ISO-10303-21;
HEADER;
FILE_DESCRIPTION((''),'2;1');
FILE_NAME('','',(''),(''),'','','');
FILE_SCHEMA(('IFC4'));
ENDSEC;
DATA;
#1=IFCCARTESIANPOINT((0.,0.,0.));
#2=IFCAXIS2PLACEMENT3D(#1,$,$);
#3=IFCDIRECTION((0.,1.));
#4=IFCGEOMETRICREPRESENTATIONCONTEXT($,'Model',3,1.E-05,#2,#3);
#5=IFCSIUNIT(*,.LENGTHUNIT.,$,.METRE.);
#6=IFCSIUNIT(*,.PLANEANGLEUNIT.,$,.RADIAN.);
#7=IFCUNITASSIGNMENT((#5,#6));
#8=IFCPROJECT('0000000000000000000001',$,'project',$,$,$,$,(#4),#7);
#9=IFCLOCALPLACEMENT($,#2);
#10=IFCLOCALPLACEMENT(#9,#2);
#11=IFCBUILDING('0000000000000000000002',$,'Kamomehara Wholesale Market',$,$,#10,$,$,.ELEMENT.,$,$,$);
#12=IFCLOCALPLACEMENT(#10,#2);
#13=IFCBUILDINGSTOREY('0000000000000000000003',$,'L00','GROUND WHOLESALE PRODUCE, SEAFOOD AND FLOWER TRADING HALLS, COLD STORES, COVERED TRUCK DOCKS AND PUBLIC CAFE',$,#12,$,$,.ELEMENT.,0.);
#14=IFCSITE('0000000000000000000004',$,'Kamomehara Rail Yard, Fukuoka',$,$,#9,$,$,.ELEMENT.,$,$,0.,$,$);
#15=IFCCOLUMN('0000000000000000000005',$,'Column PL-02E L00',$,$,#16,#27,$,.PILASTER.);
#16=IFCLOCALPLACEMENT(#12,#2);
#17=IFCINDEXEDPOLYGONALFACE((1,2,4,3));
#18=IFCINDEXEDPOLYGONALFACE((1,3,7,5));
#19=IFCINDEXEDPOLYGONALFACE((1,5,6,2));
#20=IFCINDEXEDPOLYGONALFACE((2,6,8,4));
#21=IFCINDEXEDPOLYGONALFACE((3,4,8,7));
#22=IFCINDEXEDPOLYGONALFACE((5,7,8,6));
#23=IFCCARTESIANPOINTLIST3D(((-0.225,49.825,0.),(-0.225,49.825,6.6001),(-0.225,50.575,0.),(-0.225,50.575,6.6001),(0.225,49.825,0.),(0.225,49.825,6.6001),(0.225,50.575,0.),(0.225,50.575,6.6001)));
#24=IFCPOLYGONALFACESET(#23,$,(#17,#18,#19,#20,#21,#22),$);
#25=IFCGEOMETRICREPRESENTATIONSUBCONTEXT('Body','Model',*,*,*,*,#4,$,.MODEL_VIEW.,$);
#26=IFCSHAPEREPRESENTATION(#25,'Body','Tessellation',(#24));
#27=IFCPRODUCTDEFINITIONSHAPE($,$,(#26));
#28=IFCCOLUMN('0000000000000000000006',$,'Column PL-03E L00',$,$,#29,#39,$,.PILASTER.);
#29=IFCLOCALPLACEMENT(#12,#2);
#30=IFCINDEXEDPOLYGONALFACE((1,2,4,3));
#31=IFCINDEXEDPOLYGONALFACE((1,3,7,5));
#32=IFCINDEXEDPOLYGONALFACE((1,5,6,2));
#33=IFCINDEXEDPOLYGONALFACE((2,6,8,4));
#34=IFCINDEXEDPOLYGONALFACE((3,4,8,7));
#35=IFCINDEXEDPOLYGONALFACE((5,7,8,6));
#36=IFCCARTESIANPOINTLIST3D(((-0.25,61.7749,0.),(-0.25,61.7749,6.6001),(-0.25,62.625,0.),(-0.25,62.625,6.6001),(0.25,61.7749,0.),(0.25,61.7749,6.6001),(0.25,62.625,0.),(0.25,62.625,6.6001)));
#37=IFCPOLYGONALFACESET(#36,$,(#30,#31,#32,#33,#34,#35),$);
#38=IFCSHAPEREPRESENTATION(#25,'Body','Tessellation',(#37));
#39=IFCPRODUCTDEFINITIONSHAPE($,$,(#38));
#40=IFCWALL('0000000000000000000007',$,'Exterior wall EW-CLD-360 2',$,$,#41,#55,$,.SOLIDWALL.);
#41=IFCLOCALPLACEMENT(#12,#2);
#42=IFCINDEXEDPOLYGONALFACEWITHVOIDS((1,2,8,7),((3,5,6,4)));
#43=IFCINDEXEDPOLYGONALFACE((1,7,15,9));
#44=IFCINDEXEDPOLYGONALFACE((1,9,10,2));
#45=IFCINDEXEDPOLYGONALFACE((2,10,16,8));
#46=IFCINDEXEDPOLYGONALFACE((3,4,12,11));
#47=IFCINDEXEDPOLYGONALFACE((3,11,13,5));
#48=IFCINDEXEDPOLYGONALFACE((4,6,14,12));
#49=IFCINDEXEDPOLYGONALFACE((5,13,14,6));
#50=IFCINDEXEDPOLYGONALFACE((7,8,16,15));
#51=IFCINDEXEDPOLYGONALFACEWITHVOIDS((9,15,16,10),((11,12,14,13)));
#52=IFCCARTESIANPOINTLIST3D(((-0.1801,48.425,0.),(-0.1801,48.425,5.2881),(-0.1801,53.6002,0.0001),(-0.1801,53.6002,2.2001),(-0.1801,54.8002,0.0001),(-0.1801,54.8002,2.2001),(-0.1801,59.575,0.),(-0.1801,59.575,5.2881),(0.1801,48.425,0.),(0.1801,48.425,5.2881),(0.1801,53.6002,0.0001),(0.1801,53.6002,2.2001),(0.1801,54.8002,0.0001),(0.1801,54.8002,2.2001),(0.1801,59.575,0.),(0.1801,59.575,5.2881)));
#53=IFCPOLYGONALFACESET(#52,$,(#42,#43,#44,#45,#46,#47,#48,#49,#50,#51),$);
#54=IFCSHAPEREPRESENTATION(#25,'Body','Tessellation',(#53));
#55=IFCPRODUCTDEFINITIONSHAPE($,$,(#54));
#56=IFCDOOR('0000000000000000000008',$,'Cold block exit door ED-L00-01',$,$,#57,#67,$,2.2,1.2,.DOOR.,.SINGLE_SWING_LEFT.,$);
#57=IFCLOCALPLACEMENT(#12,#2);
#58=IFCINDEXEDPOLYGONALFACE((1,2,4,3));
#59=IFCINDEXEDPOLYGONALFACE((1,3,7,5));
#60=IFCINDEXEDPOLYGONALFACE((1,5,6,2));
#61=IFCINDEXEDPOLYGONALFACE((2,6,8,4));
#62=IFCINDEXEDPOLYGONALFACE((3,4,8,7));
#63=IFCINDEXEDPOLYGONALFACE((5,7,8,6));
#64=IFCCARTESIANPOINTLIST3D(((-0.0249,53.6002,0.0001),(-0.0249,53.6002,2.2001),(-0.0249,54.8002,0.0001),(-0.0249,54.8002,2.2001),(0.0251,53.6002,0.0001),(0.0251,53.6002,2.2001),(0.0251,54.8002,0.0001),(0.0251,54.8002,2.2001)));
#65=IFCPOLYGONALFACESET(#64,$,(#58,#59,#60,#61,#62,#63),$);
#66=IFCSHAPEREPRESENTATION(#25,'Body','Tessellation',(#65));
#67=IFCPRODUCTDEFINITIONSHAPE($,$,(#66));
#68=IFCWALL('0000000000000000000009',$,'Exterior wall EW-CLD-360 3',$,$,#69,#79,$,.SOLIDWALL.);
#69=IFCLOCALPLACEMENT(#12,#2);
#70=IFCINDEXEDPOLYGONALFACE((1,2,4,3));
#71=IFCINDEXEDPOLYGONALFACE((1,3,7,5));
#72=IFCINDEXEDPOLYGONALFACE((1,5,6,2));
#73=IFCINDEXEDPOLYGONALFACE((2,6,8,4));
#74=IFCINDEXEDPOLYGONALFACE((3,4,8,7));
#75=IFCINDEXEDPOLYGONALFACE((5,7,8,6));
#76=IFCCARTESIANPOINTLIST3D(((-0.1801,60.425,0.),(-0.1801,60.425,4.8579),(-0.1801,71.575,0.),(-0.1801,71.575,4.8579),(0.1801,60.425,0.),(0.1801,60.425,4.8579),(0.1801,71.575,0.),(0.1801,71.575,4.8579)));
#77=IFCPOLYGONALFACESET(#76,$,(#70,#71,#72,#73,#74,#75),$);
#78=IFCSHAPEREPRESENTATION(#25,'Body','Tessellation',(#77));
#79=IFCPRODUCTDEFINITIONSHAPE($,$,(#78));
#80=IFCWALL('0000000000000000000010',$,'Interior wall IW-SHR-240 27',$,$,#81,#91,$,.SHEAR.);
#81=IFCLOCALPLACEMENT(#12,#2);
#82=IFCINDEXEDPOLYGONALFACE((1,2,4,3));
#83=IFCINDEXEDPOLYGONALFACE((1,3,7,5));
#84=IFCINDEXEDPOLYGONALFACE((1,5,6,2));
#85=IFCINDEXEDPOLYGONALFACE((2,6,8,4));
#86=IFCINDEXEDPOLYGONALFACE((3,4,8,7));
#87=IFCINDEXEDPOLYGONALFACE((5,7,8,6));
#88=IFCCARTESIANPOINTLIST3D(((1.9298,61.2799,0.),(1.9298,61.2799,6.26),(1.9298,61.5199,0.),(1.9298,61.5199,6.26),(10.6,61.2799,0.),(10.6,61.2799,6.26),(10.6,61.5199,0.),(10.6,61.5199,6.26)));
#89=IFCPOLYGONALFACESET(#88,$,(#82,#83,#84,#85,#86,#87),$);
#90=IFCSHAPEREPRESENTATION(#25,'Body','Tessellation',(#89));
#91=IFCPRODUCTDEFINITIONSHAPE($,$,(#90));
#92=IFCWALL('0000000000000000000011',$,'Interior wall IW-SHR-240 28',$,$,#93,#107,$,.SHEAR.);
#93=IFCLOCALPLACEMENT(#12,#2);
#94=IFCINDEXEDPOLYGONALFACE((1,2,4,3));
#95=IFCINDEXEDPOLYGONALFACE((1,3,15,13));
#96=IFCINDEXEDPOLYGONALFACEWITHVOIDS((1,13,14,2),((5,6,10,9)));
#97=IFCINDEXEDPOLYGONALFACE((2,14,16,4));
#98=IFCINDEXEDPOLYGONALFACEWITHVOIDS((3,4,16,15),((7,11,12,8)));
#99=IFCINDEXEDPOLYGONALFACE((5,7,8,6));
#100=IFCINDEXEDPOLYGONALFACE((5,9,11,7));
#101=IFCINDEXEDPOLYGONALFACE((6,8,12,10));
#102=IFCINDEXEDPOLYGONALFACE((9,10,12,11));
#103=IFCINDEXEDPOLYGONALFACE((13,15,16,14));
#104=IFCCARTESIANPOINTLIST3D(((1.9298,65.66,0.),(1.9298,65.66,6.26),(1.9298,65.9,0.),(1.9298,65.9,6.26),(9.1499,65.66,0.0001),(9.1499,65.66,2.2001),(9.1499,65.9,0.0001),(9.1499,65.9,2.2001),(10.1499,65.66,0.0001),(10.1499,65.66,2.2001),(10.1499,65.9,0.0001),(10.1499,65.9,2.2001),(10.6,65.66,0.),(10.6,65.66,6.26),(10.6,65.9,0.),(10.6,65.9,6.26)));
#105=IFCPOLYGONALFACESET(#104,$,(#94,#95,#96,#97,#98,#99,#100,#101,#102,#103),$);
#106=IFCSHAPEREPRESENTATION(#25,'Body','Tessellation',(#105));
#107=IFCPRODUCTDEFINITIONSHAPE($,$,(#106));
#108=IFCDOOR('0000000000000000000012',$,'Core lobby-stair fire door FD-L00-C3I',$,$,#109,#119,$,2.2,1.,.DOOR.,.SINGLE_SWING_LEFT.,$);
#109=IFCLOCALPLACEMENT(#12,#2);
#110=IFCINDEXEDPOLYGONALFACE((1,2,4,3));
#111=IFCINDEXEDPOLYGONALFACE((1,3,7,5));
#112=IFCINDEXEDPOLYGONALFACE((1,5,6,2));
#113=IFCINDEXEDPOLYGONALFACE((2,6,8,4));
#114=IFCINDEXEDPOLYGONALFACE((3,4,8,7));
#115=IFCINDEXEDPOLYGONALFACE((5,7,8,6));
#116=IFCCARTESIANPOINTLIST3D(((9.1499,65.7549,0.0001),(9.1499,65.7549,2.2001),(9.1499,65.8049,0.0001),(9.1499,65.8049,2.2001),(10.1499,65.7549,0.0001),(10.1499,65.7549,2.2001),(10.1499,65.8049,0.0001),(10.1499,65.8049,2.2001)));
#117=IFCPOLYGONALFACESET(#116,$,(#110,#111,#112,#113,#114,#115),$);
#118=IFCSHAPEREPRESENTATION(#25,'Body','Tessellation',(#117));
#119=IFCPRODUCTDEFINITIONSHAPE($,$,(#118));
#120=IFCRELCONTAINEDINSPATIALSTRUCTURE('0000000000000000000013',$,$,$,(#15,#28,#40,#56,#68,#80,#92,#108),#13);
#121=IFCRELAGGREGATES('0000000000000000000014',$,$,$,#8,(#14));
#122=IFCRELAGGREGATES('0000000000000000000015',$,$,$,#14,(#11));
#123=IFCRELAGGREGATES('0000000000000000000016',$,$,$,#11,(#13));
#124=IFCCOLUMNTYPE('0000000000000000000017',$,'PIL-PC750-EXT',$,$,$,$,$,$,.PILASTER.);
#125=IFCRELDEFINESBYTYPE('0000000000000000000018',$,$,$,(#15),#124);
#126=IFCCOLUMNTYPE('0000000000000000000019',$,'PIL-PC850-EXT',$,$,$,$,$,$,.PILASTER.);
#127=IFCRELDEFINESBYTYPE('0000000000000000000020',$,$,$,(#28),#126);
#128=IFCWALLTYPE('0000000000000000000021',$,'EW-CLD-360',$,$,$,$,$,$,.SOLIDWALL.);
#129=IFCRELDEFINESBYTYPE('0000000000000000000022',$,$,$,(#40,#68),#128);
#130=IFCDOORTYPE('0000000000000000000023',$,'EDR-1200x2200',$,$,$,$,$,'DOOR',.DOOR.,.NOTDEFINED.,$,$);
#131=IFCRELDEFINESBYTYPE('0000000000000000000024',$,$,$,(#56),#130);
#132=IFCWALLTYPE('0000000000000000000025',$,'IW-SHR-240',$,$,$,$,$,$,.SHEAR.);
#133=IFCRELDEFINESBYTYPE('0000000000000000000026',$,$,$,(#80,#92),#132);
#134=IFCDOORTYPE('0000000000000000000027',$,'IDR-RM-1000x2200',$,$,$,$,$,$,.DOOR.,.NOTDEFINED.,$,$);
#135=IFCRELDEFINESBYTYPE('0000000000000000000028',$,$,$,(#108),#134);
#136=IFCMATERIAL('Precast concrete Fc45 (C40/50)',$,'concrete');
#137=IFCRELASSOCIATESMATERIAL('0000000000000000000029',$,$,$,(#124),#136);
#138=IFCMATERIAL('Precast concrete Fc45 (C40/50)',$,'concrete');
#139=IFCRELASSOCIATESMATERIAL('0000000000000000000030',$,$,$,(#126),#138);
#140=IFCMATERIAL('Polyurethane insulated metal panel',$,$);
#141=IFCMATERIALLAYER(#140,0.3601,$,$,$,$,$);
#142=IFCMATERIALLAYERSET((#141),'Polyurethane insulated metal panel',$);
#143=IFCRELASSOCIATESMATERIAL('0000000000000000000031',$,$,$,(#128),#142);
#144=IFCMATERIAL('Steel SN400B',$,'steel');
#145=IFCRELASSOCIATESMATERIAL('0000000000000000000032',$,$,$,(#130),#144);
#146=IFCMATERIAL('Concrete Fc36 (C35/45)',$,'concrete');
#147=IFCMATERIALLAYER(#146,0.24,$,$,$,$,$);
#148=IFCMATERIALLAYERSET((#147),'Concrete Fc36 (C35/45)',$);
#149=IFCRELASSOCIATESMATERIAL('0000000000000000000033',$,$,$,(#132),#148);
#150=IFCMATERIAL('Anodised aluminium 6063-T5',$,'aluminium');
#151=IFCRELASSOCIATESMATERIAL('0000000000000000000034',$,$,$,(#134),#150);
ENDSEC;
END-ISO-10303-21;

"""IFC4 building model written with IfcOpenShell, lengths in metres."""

from ifc_helpers import new_model, si_unit, direction, frame, frame_2d, origin, origin_2d, place, context, subcontext, project, spatial, rectangle, extrude, material, layer, layer_set, material_profile, profile_set, type_object, element, fill, save


model = new_model("IFC4")

# Units and contexts
model_context = context("Model", 3, precision=1e-05, world=origin(), true_north=direction((0.0, 1.0)))
body_context = subcontext(model_context, "Body", "Model", "MODEL_VIEW")
ifc_project = project(units=[si_unit("LENGTHUNIT", "METRE"), si_unit("PLANEANGLEUNIT", "RADIAN")], contexts=[model_context])

# Site, building, storey
site_placement = place(None, origin())
site = spatial("IfcSite", under=ifc_project, at=site_placement, Name="Kamomehara Rail Yard, Fukuoka", CompositionType="ELEMENT", RefElevation=0.0)
building_placement = place(site_placement, origin())
building = spatial("IfcBuilding", under=site, at=building_placement, Name="Kamomehara Wholesale Market", CompositionType="ELEMENT")
storey_placement = place(building_placement, origin())
storey = spatial("IfcBuildingStorey", under=building, at=storey_placement, Name="L00", Description="GROUND WHOLESALE PRODUCE, SEAFOOD AND FLOWER TRADING HALLS, COLD STORES, COVERED TRUCK DOCKS AND PUBLIC CAFE", CompositionType="ELEMENT", Elevation=0.0)

# Columns
ifc_material_1 = material(Name="Precast concrete Fc45 (C40/50)", Category="concrete")
ifc_material_profile_1 = material_profile(ifc_material_1, rectangle(XDim=0.45, YDim=0.75, at=origin_2d()), Name="PC-PIL-450x750")
ifc_profile_set_1 = profile_set([ifc_material_profile_1], Name="Precast concrete Fc45 (C40/50)")
column_type_1 = type_object("IfcColumnType", Name="PIL-PC750-EXT", PredefinedType="PILASTER", material=ifc_profile_set_1)
column_1_placement = place(storey_placement, frame((0.0, 50.2, 0.0), z_axis=(0.0, 0.0, 1.0), x_axis=(1.0, 0.0, 0.0)))
element("IfcColumn", 1, at=column_1_placement, inside=storey, type_object=column_type_1, Name="Column PL-02E L00", PredefinedType="PILASTER", context=body_context, shape_type="SweptSolid", body=[
    extrude(rectangle(XDim=0.45, YDim=0.75, at=origin_2d()), origin(), (0.0, 0.0, 1.0), 6.6001),
])
ifc_material_2 = material(Name="Precast concrete Fc45 (C40/50)", Category="concrete")
ifc_material_profile_2 = material_profile(ifc_material_2, rectangle(XDim=0.5, YDim=0.8501, at=origin_2d()), Name="PC-PIL-500x850")
ifc_profile_set_2 = profile_set([ifc_material_profile_2], Name="Precast concrete Fc45 (C40/50)")
column_type_2 = type_object("IfcColumnType", Name="PIL-PC850-EXT", PredefinedType="PILASTER", material=ifc_profile_set_2)
column_2_placement = place(storey_placement, frame((0.0, 62.2, 0.0), z_axis=(0.0, 0.0, 1.0), x_axis=(1.0, 0.0, 0.0)))
element("IfcColumn", 2, at=column_2_placement, inside=storey, type_object=column_type_2, Name="Column PL-03E L00", PredefinedType="PILASTER", context=body_context, shape_type="SweptSolid", body=[
    extrude(rectangle(XDim=0.5, YDim=0.8501, at=origin_2d()), origin(), (0.0, 0.0, 1.0), 6.6001),
])

# Wall, opening, door
ifc_material_3 = material(Name="Polyurethane insulated metal panel")
ifc_layer_1 = layer(ifc_material_3, 0.3601)
ifc_layer_set_1 = layer_set([ifc_layer_1], Name="Polyurethane insulated metal panel")
wall_type_1 = type_object("IfcWallType", Name="EW-CLD-360", PredefinedType="SOLIDWALL", material=ifc_layer_set_1)
wall_1_placement = place(storey_placement, frame((0.0, 48.425, 0.0), z_axis=(0.0, 0.0, 1.0), x_axis=(0.0, 1.0, 0.0)))
wall_1 = element("IfcWall", 3, at=wall_1_placement, inside=storey, type_object=wall_type_1, Name="Exterior wall EW-CLD-360 2", PredefinedType="SOLIDWALL", context=body_context, shape_type="SweptSolid", body=[
    extrude(rectangle(XDim=11.1499, YDim=0.3601, at=frame_2d((5.575, 0.0))), origin(), (0.0, 0.0, 1.0), 5.2881),
])
opening_1_placement = place(wall_1_placement, frame((5.175, 0.0, 0.0)))
opening_1 = element("IfcOpeningElement", 4, at=opening_1_placement, cuts=wall_1, PredefinedType="OPENING", context=body_context, shape_type="SweptSolid", body=[
    extrude(rectangle(XDim=1.2, YDim=2.2, at=frame_2d((0.6001, 1.1001))), frame((0.0, 0.1948, 0.0), z_axis=(0.0, -1.0, 0.0), x_axis=(1.0, 0.0, 0.0)), (0.0, 0.0, 1.0), 0.3899),
])
ifc_material_4 = material(Name="Steel SN400B", Category="steel")
door_type_1 = type_object("IfcDoorType", Name="EDR-1200x2200", ElementType="DOOR", OperationType="NOTDEFINED", PredefinedType="DOOR", material=ifc_material_4)
door_1_placement = place(opening_1_placement, origin())
door_1 = element("IfcDoor", 5, at=door_1_placement, inside=storey, type_object=door_type_1, Name="Cold block exit door ED-L00-01", OperationType="SINGLE_SWING_LEFT", OverallHeight=2.2, OverallWidth=1.2, PredefinedType="DOOR", context=body_context, shape_type="SweptSolid", body=[
    extrude(rectangle(XDim=1.2, YDim=2.2, at=frame_2d((0.6001, 1.1001))), frame((0.0, 0.0249, 0.0), z_axis=(0.0, -1.0, 0.0), x_axis=(1.0, 0.0, 0.0)), (0.0, 0.0, 1.0), 0.05),
])
fill(opening_1, door_1)

# Wall
wall_2_placement = place(storey_placement, frame((0.0, 60.425, 0.0), z_axis=(0.0, 0.0, 1.0), x_axis=(0.0, 1.0, 0.0)))
element("IfcWall", 6, at=wall_2_placement, inside=storey, type_object=wall_type_1, Name="Exterior wall EW-CLD-360 3", PredefinedType="SOLIDWALL", context=body_context, shape_type="SweptSolid", body=[
    extrude(rectangle(XDim=11.1499, YDim=0.3601, at=frame_2d((5.575, 0.0))), origin(), (0.0, 0.0, 1.0), 4.8579),
])

# Wall
ifc_material_5 = material(Name="Concrete Fc36 (C35/45)", Category="concrete")
ifc_layer_2 = layer(ifc_material_5, 0.24)
ifc_layer_set_2 = layer_set([ifc_layer_2], Name="Concrete Fc36 (C35/45)")
wall_type_2 = type_object("IfcWallType", Name="IW-SHR-240", PredefinedType="SHEAR", material=ifc_layer_set_2)
wall_3_placement = place(storey_placement, frame((1.9299, 61.3999, 0.0), z_axis=(0.0, 0.0, 1.0), x_axis=(1.0, 0.0, 0.0)))
element("IfcWall", 7, at=wall_3_placement, inside=storey, type_object=wall_type_2, Name="Interior wall IW-SHR-240 27", PredefinedType="SHEAR", context=body_context, shape_type="SweptSolid", body=[
    extrude(rectangle(XDim=8.6702, YDim=0.24, at=frame_2d((4.335, 0.0))), origin(), (0.0, 0.0, 1.0), 6.26),
])

# Wall, opening, door
wall_4_placement = place(storey_placement, frame((1.9299, 65.78, 0.0), z_axis=(0.0, 0.0, 1.0), x_axis=(1.0, 0.0, 0.0)))
wall_4 = element("IfcWall", 8, at=wall_4_placement, inside=storey, type_object=wall_type_2, Name="Interior wall IW-SHR-240 28", PredefinedType="SHEAR", context=body_context, shape_type="SweptSolid", body=[
    extrude(rectangle(XDim=8.6702, YDim=0.24, at=frame_2d((4.335, 0.0))), origin(), (0.0, 0.0, 1.0), 6.26),
])
opening_2_placement = place(wall_4_placement, frame((7.22, 0.0, 0.0)))
opening_2 = element("IfcOpeningElement", 9, at=opening_2_placement, cuts=wall_4, PredefinedType="OPENING", context=body_context, shape_type="SweptSolid", body=[
    extrude(rectangle(XDim=1.0, YDim=2.2, at=frame_2d((0.5, 1.1001))), frame((0.0, 0.1348, 0.0), z_axis=(0.0, -1.0, 0.0), x_axis=(1.0, 0.0, 0.0)), (0.0, 0.0, 1.0), 0.2698),
])
ifc_material_6 = material(Name="Anodised aluminium 6063-T5", Category="aluminium")
door_type_2 = type_object("IfcDoorType", Name="IDR-RM-1000x2200", OperationType="NOTDEFINED", PredefinedType="DOOR", material=ifc_material_6)
door_2_placement = place(opening_2_placement, origin())
door_2 = element("IfcDoor", 10, at=door_2_placement, inside=storey, type_object=door_type_2, Name="Core lobby-stair fire door FD-L00-C3I", OperationType="SINGLE_SWING_LEFT", OverallHeight=2.2, OverallWidth=1.0, PredefinedType="DOOR", context=body_context, shape_type="SweptSolid", body=[
    extrude(rectangle(XDim=1.0, YDim=2.2, at=frame_2d((0.5, 1.1001))), frame((0.0, 0.0249, 0.0), z_axis=(0.0, -1.0, 0.0), x_axis=(1.0, 0.0, 0.0)), (0.0, 0.0, 1.0), 0.05),
])
fill(opening_2, door_2)

save(model, "model.ifc")
